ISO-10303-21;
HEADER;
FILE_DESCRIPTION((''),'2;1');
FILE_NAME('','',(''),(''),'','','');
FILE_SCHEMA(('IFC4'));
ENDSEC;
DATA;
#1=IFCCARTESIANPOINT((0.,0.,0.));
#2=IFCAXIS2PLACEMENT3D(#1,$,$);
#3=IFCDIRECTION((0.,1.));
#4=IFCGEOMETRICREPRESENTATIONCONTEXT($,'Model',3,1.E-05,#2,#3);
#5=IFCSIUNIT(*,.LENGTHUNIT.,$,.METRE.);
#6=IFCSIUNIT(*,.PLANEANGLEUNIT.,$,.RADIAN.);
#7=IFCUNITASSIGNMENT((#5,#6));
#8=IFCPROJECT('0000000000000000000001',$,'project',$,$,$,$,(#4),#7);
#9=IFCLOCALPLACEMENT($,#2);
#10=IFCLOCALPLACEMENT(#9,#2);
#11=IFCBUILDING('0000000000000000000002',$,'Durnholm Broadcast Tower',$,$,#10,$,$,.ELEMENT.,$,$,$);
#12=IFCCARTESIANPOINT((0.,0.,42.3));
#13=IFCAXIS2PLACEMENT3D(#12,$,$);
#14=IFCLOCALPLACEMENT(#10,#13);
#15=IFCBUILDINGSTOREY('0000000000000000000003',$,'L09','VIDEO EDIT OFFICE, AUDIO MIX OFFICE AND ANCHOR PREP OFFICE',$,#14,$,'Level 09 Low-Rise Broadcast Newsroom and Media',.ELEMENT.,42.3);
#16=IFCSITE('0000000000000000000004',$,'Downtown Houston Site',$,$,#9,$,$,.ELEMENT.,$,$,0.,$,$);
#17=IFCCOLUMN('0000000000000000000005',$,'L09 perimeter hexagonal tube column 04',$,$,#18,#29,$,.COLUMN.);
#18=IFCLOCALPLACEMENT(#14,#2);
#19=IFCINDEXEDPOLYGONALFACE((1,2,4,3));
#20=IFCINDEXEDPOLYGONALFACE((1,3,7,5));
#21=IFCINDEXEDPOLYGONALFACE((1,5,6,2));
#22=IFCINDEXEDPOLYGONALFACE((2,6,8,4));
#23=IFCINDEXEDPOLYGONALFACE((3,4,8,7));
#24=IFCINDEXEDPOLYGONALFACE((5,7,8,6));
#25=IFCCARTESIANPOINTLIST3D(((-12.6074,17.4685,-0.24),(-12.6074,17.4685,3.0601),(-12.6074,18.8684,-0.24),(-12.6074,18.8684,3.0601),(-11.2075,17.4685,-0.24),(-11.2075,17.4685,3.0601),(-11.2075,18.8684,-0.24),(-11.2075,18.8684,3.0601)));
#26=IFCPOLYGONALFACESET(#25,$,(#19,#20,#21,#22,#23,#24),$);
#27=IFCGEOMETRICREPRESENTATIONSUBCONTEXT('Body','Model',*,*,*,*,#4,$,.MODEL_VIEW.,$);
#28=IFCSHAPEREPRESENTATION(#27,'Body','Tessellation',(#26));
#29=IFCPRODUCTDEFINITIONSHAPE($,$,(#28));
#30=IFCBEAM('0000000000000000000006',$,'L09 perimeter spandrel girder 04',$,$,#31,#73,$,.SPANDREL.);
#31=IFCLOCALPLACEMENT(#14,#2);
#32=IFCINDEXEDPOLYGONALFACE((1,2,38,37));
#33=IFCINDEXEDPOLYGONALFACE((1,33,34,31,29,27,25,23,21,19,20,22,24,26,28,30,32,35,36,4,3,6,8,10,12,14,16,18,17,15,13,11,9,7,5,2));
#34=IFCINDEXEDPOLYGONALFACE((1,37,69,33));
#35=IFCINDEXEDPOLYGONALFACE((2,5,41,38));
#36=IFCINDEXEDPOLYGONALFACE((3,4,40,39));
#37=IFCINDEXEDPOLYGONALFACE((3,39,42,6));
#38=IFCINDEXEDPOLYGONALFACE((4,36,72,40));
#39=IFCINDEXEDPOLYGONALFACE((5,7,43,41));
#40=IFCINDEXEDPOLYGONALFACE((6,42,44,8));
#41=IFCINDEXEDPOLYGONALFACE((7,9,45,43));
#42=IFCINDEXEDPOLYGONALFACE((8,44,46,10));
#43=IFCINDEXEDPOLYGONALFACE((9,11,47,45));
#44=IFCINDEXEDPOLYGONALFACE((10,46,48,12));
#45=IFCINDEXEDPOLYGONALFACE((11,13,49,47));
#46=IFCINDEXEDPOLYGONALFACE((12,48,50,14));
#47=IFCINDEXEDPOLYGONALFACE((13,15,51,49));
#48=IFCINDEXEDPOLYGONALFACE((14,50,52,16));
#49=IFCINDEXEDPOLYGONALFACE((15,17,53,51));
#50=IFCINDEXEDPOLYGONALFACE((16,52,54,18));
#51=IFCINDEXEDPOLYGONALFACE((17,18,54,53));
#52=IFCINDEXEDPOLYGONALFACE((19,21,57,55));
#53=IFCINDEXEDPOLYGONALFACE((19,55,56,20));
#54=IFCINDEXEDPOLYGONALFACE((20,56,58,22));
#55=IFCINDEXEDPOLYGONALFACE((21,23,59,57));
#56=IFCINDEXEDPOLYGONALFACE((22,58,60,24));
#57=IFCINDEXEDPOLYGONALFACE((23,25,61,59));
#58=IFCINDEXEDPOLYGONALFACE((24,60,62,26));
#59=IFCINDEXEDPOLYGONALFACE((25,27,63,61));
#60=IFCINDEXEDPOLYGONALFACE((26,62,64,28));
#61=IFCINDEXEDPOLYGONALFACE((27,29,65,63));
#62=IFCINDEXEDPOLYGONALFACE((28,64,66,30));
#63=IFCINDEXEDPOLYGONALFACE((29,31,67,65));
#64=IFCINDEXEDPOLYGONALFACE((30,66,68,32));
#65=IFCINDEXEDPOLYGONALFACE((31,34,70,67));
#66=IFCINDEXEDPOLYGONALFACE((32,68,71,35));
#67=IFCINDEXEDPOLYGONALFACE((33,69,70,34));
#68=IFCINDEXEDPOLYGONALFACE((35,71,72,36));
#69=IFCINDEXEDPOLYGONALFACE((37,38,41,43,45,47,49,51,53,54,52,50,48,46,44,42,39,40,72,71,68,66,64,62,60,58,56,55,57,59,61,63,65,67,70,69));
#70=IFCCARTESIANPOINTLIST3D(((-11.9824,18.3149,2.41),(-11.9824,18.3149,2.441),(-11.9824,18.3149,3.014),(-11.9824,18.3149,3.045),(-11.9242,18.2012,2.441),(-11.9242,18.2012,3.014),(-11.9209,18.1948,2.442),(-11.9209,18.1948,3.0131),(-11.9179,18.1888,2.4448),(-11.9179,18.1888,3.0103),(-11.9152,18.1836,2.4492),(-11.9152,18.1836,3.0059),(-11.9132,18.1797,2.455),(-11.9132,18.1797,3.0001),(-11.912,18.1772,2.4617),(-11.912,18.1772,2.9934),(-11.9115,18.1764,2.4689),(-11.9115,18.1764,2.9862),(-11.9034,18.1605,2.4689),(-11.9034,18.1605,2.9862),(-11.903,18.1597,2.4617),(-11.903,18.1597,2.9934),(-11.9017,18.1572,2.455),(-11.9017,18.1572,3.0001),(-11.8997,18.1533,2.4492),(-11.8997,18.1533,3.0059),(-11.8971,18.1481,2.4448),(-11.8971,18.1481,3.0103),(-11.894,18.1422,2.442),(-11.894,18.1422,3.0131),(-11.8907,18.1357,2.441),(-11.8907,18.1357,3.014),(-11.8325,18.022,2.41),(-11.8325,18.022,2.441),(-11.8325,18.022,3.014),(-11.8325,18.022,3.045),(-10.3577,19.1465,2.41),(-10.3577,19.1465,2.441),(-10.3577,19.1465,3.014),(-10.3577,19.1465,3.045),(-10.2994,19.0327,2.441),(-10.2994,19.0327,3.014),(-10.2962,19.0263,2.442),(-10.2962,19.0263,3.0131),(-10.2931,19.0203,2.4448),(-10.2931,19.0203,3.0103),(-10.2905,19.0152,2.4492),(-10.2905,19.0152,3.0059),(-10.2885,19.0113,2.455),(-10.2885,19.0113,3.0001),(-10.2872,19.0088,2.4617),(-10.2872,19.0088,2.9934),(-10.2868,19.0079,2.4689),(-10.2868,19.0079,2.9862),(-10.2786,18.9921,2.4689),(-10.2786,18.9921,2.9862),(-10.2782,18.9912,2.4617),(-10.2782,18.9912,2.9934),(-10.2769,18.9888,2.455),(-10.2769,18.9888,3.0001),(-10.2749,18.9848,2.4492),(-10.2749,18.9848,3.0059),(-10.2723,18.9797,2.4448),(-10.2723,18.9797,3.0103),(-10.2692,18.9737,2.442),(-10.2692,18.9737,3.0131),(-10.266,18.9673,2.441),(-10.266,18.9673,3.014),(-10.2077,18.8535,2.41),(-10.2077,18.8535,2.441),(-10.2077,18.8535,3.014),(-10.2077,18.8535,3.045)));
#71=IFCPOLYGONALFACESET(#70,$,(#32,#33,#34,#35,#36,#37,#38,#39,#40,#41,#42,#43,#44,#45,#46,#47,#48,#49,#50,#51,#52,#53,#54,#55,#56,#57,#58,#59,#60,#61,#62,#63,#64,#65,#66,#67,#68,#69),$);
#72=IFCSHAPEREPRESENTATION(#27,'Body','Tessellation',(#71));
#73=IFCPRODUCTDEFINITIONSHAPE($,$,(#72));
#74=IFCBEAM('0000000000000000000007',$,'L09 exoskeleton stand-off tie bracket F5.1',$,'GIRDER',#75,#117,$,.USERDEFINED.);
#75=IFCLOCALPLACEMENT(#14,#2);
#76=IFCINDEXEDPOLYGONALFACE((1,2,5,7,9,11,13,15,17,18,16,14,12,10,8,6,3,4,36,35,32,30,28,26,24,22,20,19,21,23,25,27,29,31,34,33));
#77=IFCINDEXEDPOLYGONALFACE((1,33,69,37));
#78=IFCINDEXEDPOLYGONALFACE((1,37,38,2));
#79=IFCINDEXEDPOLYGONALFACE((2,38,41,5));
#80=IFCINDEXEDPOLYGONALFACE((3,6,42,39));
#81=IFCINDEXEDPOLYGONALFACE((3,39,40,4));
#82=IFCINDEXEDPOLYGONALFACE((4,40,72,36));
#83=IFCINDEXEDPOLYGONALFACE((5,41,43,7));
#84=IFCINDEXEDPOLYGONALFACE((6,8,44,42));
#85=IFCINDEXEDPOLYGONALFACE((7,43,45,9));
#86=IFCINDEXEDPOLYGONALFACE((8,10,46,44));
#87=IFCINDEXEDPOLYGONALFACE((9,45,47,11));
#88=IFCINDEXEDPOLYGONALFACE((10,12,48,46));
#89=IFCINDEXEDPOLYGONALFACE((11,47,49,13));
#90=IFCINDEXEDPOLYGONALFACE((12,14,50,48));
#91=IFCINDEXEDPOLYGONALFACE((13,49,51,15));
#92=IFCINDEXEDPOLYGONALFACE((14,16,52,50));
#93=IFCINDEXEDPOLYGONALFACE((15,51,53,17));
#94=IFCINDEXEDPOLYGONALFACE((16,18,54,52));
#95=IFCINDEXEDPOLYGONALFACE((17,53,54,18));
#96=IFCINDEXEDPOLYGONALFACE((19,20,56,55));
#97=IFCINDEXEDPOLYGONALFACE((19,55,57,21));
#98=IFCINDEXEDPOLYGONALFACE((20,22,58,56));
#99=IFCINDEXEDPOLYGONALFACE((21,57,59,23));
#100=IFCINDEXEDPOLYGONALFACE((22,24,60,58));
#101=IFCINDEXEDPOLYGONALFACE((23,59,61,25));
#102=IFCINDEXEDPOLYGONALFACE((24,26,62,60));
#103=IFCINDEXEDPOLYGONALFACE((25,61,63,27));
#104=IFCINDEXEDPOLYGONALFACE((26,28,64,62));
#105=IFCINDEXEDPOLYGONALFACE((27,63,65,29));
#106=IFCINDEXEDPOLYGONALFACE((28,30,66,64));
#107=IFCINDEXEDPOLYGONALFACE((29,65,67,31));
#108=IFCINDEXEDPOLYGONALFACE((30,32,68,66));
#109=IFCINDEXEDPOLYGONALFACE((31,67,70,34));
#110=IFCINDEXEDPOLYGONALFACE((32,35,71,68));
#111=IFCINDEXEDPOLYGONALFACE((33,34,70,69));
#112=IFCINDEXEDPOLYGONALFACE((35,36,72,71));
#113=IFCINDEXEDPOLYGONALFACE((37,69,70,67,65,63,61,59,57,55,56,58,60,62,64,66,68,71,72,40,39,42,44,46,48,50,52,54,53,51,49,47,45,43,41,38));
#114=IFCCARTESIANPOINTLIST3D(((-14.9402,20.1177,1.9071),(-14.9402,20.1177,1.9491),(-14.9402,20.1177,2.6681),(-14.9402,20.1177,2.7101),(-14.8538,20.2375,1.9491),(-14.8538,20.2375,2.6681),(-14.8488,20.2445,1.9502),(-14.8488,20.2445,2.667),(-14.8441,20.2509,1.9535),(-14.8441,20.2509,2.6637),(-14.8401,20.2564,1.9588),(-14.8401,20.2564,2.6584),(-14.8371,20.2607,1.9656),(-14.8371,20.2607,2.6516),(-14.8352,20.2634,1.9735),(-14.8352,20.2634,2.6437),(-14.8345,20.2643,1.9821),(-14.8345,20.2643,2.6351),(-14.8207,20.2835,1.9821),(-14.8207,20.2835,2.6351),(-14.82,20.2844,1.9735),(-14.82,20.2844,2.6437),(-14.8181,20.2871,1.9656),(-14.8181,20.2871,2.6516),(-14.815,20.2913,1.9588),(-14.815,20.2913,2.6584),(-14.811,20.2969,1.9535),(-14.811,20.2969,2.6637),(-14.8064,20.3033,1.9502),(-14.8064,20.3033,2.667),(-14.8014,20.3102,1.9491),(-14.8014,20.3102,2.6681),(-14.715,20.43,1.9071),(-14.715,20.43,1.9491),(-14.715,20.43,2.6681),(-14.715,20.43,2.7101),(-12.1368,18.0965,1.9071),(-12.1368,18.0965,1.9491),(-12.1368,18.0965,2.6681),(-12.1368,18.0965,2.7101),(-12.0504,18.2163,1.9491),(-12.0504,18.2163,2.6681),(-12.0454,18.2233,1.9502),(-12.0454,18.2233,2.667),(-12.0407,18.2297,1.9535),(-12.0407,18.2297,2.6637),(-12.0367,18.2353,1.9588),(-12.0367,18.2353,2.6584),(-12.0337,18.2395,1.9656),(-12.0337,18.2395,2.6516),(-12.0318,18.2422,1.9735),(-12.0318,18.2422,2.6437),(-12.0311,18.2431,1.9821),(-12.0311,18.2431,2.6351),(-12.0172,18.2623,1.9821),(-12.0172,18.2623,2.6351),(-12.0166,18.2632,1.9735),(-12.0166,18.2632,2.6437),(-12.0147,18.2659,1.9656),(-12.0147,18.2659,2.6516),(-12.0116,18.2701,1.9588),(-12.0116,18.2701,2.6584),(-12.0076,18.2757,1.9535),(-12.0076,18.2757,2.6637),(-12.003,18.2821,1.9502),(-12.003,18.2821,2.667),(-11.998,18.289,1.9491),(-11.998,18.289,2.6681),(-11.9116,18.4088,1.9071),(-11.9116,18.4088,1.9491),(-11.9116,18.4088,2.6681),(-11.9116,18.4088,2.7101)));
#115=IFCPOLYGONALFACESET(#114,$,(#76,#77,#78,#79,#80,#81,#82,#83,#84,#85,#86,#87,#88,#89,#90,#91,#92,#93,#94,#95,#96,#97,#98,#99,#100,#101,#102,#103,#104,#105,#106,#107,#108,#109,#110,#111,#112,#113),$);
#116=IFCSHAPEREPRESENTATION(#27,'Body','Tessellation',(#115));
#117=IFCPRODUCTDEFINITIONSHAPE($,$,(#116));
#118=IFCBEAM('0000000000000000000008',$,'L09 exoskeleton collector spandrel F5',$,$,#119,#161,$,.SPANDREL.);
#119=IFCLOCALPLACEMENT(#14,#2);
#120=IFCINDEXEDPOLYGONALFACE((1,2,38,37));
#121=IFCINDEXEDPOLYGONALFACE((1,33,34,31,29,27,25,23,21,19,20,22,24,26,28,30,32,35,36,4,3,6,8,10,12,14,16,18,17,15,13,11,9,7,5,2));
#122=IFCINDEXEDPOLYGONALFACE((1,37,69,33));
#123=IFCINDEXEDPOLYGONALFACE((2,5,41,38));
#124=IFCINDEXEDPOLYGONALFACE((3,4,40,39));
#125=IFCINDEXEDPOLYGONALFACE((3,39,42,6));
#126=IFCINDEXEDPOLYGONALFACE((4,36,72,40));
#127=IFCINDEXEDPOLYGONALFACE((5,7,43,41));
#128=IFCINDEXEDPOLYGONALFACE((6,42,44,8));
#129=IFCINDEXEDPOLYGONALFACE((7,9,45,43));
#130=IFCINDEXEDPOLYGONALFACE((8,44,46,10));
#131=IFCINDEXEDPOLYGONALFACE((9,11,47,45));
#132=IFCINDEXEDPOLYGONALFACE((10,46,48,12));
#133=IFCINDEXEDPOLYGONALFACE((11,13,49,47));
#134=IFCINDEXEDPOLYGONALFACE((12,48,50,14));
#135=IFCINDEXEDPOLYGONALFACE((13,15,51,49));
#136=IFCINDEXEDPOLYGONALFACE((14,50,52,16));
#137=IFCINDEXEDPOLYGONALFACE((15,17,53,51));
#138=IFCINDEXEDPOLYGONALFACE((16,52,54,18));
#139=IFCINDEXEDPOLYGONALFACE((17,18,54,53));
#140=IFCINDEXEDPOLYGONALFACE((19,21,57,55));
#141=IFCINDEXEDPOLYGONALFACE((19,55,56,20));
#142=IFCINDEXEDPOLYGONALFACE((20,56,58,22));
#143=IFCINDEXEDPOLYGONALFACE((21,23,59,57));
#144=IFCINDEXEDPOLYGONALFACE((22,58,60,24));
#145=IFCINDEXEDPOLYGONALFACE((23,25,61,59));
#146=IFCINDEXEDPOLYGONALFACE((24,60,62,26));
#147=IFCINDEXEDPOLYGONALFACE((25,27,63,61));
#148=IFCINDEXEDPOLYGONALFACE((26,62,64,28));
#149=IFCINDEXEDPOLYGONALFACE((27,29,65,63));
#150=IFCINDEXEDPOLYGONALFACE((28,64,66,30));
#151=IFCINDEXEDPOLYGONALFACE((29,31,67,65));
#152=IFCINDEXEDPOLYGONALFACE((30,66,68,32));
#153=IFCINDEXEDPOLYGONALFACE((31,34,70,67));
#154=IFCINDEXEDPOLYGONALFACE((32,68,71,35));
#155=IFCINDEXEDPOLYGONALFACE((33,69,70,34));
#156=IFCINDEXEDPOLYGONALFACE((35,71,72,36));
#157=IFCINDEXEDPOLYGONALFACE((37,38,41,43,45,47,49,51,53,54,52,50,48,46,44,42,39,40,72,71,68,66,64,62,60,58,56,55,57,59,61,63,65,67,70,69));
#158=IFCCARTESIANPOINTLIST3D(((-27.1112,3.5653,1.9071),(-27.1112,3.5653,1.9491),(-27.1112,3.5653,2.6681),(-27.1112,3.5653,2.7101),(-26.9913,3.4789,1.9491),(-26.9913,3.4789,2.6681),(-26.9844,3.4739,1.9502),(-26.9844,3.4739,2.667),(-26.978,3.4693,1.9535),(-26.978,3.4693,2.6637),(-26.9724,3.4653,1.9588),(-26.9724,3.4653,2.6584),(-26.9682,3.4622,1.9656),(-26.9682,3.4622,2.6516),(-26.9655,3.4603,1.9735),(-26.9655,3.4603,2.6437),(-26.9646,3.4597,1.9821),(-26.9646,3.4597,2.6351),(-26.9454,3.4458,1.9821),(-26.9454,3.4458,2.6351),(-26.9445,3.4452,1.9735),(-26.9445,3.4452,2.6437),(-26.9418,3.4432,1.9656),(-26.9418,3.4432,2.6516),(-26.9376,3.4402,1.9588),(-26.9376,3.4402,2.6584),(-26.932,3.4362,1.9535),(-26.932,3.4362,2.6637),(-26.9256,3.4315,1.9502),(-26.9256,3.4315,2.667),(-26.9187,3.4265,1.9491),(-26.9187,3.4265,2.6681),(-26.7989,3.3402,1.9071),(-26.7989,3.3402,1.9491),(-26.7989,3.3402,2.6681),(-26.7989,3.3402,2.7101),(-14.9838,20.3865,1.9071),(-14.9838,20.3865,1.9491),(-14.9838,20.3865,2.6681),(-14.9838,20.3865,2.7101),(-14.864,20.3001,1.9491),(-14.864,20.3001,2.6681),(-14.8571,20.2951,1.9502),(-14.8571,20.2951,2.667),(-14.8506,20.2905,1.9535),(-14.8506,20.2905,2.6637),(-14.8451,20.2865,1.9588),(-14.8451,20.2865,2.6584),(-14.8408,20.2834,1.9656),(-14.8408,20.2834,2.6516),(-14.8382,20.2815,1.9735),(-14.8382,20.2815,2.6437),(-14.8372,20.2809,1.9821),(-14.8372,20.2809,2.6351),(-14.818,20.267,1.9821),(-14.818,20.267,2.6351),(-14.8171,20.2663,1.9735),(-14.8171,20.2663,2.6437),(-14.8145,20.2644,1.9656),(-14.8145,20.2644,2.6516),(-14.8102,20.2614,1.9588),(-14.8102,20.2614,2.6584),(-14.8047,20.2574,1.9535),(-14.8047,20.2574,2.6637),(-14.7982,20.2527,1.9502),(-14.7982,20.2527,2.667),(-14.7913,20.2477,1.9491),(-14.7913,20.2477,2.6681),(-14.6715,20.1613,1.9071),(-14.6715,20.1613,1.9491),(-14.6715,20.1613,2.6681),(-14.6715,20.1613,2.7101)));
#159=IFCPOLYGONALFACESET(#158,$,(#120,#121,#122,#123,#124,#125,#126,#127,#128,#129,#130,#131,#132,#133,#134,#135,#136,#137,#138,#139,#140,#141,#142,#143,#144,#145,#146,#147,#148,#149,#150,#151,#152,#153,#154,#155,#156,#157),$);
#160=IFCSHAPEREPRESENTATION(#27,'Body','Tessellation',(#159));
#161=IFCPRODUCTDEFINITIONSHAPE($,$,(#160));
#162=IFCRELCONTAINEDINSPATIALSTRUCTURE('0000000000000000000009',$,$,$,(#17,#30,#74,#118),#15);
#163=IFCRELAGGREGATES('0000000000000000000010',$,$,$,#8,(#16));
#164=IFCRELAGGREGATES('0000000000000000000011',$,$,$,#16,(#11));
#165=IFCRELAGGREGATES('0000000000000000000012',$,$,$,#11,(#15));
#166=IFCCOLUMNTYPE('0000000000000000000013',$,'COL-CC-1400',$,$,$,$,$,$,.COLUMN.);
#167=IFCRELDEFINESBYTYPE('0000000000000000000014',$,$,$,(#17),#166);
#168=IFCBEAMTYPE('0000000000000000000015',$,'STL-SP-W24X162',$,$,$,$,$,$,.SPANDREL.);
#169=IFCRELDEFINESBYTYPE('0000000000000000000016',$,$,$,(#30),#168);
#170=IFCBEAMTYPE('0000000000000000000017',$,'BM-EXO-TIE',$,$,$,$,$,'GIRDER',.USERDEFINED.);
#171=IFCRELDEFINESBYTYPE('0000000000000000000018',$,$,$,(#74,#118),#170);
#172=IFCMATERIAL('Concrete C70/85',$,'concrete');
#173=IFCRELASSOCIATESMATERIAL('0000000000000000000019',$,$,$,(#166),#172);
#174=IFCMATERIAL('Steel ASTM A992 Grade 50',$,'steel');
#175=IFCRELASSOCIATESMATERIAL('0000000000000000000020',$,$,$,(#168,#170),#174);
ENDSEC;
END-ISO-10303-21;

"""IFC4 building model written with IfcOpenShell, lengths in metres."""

from ifc_helpers import new_model, si_unit, direction, frame, origin, origin_2d, place, context, subcontext, project, spatial, rectangle, i_section, extrude, source, transform, mapped, material, material_profile, profile_set, type_object, type_shapes, element, save


model = new_model("IFC4")

# Units and contexts
model_context = context("Model", 3, precision=1e-05, world=origin(), true_north=direction((0.0, 1.0)))
body_context = subcontext(model_context, "Body", "Model", "MODEL_VIEW")
ifc_project = project(units=[si_unit("LENGTHUNIT", "METRE"), si_unit("PLANEANGLEUNIT", "RADIAN")], contexts=[model_context])

# Site, building, storey
site_placement = place(None, origin())
site = spatial("IfcSite", under=ifc_project, at=site_placement, Name="Downtown Houston Site", CompositionType="ELEMENT", RefElevation=0.0)
building_placement = place(site_placement, origin())
building = spatial("IfcBuilding", under=site, at=building_placement, Name="Durnholm Broadcast Tower", CompositionType="ELEMENT")
storey_placement = place(building_placement, frame((0.0, 0.0, 42.3)))
storey = spatial("IfcBuildingStorey", under=building, at=storey_placement, Name="L09", Description="VIDEO EDIT OFFICE, AUDIO MIX OFFICE AND ANCHOR PREP OFFICE", LongName="Level 09 Low-Rise Broadcast Newsroom and Media", CompositionType="ELEMENT", Elevation=42.3)

# Column
ifc_material_1 = material(Name="Concrete C70/85", Category="concrete")
ifc_material_profile_1 = material_profile(ifc_material_1, rectangle(XDim=1.3999, YDim=1.3999, at=origin_2d()), Name="RC1400X1400")
ifc_profile_set_1 = profile_set([ifc_material_profile_1], Name="Concrete C70/85")
column_type = type_object("IfcColumnType", Name="COL-CC-1400", PredefinedType="COLUMN", material=ifc_profile_set_1)
shared_shape_1 = source(origin(), body_context, "Body", "SweptSolid", [
    extrude(rectangle(XDim=1.3999, YDim=1.3999, at=origin_2d()), origin(), (0.0, 0.0, 1.0), 3.3),
])
type_shapes(column_type, [shared_shape_1])
column_placement = place(storey_placement, frame((-11.9075, 18.1685, -0.24), z_axis=(0.0, 0.0, 1.0), x_axis=(1.0, 0.0, 0.0)))
element("IfcColumn", 1, at=column_placement, inside=storey, type_object=column_type, Name="L09 perimeter hexagonal tube column 04", PredefinedType="COLUMN", context=body_context, shape_type="MappedRepresentation", body=[
    mapped(shared_shape_1, transform((0.0, 0.0, 0.0), x_axis=(1.0, 0.0, 0.0), y_axis=(0.0, 1.0, 0.0), z_axis=(0.0, 0.0, 1.0), scale=1.0)),
])

# Beams
ifc_material_2 = material(Name="Steel ASTM A992 Grade 50", Category="steel")
ifc_material_profile_2 = material_profile(ifc_material_2, i_section(OverallWidth=0.3291, OverallDepth=0.635, WebThickness=0.0178, FlangeThickness=0.031, FilletRadius=0.0278, at=origin_2d()), Name="W24X162")
ifc_profile_set_2 = profile_set([ifc_material_profile_2], Name="Steel ASTM A992 Grade 50")
beam_type_1 = type_object("IfcBeamType", Name="STL-SP-W24X162", PredefinedType="SPANDREL", material=ifc_profile_set_2)
shared_shape_2 = source(origin(), body_context, "Body", "SweptSolid", [
    extrude(i_section(OverallWidth=0.3291, OverallDepth=0.635, WebThickness=0.0178, FlangeThickness=0.031, FilletRadius=0.0278, at=origin_2d()), origin(), (0.0, 0.0, 1.0), 1.8252),
])
type_shapes(beam_type_1, [shared_shape_2])
beam_1_placement = place(storey_placement, frame((-11.9075, 18.1685, 2.7275), z_axis=(0.890188, 0.455594, 0.0), x_axis=(-0.455594, 0.890188, 0.0)))
element("IfcBeam", 2, at=beam_1_placement, inside=storey, type_object=beam_type_1, Name="L09 perimeter spandrel girder 04", PredefinedType="SPANDREL", context=body_context, shape_type="MappedRepresentation", body=[
    mapped(shared_shape_2, transform((0.0, 0.0, 0.0), x_axis=(1.0, 0.0, 0.0), y_axis=(0.0, 1.0, 0.0), z_axis=(0.0, 0.0, 1.0), scale=1.0)),
])
ifc_material_profile_3 = material_profile(ifc_material_2, i_section(OverallWidth=0.385, OverallDepth=0.803, WebThickness=0.0237, FlangeThickness=0.042, FilletRadius=0.033, at=origin_2d()), Name="W30X261")
ifc_profile_set_3 = profile_set([ifc_material_profile_3], Name="Steel ASTM A992 Grade 50")
beam_type_2 = type_object("IfcBeamType", Name="BM-EXO-TIE", ElementType="GIRDER", PredefinedType="USERDEFINED", material=ifc_profile_set_3)
shared_shape_3 = source(origin(), body_context, "Body", "SweptSolid", [
    extrude(i_section(OverallWidth=0.385, OverallDepth=0.803, WebThickness=0.0237, FlangeThickness=0.042, FilletRadius=0.033, at=origin_2d()), origin(), (0.0, 0.0, 1.0), 3.4561),
])
beam_2_placement = place(storey_placement, frame((-12.0242, 18.2527, 2.3086), z_axis=(-0.811158, 0.584828, 0.0), x_axis=(-0.584828, -0.811158, 0.0)))
element("IfcBeam", 3, at=beam_2_placement, inside=storey, type_object=beam_type_2, Name="L09 exoskeleton stand-off tie bracket F5.1", ObjectType="GIRDER", PredefinedType="USERDEFINED", context=body_context, shape_type="MappedRepresentation", body=[
    mapped(shared_shape_3, transform((0.0, 0.0, 0.0), x_axis=(1.0, 0.0, 0.0), y_axis=(0.0, 1.0, 0.0), z_axis=(0.0, 0.0, 1.0), scale=1.0)),
])
shared_shape_4 = source(origin(), body_context, "Body", "SweptSolid", [
    extrude(i_section(OverallWidth=0.385, OverallDepth=0.803, WebThickness=0.0237, FlangeThickness=0.042, FilletRadius=0.033, at=origin_2d()), origin(), (0.0, 0.0, 1.0), 20.7371),
])
type_shapes(beam_type_2, [shared_shape_3, shared_shape_4])
beam_3_placement = place(storey_placement, frame((-14.8276, 20.2739, 2.3086), z_axis=(-0.584816, -0.811166, 0.0), x_axis=(0.811166, -0.584816, 0.0)))
element("IfcBeam", 4, at=beam_3_placement, inside=storey, type_object=beam_type_2, Name="L09 exoskeleton collector spandrel F5", PredefinedType="SPANDREL", context=body_context, shape_type="MappedRepresentation", body=[
    mapped(shared_shape_4, transform((0.0, 0.0, 0.0), x_axis=(1.0, 0.0, 0.0), y_axis=(0.0, 1.0, 0.0), z_axis=(0.0, 0.0, 1.0), scale=1.0)),
])

save(model, "model.ifc")
